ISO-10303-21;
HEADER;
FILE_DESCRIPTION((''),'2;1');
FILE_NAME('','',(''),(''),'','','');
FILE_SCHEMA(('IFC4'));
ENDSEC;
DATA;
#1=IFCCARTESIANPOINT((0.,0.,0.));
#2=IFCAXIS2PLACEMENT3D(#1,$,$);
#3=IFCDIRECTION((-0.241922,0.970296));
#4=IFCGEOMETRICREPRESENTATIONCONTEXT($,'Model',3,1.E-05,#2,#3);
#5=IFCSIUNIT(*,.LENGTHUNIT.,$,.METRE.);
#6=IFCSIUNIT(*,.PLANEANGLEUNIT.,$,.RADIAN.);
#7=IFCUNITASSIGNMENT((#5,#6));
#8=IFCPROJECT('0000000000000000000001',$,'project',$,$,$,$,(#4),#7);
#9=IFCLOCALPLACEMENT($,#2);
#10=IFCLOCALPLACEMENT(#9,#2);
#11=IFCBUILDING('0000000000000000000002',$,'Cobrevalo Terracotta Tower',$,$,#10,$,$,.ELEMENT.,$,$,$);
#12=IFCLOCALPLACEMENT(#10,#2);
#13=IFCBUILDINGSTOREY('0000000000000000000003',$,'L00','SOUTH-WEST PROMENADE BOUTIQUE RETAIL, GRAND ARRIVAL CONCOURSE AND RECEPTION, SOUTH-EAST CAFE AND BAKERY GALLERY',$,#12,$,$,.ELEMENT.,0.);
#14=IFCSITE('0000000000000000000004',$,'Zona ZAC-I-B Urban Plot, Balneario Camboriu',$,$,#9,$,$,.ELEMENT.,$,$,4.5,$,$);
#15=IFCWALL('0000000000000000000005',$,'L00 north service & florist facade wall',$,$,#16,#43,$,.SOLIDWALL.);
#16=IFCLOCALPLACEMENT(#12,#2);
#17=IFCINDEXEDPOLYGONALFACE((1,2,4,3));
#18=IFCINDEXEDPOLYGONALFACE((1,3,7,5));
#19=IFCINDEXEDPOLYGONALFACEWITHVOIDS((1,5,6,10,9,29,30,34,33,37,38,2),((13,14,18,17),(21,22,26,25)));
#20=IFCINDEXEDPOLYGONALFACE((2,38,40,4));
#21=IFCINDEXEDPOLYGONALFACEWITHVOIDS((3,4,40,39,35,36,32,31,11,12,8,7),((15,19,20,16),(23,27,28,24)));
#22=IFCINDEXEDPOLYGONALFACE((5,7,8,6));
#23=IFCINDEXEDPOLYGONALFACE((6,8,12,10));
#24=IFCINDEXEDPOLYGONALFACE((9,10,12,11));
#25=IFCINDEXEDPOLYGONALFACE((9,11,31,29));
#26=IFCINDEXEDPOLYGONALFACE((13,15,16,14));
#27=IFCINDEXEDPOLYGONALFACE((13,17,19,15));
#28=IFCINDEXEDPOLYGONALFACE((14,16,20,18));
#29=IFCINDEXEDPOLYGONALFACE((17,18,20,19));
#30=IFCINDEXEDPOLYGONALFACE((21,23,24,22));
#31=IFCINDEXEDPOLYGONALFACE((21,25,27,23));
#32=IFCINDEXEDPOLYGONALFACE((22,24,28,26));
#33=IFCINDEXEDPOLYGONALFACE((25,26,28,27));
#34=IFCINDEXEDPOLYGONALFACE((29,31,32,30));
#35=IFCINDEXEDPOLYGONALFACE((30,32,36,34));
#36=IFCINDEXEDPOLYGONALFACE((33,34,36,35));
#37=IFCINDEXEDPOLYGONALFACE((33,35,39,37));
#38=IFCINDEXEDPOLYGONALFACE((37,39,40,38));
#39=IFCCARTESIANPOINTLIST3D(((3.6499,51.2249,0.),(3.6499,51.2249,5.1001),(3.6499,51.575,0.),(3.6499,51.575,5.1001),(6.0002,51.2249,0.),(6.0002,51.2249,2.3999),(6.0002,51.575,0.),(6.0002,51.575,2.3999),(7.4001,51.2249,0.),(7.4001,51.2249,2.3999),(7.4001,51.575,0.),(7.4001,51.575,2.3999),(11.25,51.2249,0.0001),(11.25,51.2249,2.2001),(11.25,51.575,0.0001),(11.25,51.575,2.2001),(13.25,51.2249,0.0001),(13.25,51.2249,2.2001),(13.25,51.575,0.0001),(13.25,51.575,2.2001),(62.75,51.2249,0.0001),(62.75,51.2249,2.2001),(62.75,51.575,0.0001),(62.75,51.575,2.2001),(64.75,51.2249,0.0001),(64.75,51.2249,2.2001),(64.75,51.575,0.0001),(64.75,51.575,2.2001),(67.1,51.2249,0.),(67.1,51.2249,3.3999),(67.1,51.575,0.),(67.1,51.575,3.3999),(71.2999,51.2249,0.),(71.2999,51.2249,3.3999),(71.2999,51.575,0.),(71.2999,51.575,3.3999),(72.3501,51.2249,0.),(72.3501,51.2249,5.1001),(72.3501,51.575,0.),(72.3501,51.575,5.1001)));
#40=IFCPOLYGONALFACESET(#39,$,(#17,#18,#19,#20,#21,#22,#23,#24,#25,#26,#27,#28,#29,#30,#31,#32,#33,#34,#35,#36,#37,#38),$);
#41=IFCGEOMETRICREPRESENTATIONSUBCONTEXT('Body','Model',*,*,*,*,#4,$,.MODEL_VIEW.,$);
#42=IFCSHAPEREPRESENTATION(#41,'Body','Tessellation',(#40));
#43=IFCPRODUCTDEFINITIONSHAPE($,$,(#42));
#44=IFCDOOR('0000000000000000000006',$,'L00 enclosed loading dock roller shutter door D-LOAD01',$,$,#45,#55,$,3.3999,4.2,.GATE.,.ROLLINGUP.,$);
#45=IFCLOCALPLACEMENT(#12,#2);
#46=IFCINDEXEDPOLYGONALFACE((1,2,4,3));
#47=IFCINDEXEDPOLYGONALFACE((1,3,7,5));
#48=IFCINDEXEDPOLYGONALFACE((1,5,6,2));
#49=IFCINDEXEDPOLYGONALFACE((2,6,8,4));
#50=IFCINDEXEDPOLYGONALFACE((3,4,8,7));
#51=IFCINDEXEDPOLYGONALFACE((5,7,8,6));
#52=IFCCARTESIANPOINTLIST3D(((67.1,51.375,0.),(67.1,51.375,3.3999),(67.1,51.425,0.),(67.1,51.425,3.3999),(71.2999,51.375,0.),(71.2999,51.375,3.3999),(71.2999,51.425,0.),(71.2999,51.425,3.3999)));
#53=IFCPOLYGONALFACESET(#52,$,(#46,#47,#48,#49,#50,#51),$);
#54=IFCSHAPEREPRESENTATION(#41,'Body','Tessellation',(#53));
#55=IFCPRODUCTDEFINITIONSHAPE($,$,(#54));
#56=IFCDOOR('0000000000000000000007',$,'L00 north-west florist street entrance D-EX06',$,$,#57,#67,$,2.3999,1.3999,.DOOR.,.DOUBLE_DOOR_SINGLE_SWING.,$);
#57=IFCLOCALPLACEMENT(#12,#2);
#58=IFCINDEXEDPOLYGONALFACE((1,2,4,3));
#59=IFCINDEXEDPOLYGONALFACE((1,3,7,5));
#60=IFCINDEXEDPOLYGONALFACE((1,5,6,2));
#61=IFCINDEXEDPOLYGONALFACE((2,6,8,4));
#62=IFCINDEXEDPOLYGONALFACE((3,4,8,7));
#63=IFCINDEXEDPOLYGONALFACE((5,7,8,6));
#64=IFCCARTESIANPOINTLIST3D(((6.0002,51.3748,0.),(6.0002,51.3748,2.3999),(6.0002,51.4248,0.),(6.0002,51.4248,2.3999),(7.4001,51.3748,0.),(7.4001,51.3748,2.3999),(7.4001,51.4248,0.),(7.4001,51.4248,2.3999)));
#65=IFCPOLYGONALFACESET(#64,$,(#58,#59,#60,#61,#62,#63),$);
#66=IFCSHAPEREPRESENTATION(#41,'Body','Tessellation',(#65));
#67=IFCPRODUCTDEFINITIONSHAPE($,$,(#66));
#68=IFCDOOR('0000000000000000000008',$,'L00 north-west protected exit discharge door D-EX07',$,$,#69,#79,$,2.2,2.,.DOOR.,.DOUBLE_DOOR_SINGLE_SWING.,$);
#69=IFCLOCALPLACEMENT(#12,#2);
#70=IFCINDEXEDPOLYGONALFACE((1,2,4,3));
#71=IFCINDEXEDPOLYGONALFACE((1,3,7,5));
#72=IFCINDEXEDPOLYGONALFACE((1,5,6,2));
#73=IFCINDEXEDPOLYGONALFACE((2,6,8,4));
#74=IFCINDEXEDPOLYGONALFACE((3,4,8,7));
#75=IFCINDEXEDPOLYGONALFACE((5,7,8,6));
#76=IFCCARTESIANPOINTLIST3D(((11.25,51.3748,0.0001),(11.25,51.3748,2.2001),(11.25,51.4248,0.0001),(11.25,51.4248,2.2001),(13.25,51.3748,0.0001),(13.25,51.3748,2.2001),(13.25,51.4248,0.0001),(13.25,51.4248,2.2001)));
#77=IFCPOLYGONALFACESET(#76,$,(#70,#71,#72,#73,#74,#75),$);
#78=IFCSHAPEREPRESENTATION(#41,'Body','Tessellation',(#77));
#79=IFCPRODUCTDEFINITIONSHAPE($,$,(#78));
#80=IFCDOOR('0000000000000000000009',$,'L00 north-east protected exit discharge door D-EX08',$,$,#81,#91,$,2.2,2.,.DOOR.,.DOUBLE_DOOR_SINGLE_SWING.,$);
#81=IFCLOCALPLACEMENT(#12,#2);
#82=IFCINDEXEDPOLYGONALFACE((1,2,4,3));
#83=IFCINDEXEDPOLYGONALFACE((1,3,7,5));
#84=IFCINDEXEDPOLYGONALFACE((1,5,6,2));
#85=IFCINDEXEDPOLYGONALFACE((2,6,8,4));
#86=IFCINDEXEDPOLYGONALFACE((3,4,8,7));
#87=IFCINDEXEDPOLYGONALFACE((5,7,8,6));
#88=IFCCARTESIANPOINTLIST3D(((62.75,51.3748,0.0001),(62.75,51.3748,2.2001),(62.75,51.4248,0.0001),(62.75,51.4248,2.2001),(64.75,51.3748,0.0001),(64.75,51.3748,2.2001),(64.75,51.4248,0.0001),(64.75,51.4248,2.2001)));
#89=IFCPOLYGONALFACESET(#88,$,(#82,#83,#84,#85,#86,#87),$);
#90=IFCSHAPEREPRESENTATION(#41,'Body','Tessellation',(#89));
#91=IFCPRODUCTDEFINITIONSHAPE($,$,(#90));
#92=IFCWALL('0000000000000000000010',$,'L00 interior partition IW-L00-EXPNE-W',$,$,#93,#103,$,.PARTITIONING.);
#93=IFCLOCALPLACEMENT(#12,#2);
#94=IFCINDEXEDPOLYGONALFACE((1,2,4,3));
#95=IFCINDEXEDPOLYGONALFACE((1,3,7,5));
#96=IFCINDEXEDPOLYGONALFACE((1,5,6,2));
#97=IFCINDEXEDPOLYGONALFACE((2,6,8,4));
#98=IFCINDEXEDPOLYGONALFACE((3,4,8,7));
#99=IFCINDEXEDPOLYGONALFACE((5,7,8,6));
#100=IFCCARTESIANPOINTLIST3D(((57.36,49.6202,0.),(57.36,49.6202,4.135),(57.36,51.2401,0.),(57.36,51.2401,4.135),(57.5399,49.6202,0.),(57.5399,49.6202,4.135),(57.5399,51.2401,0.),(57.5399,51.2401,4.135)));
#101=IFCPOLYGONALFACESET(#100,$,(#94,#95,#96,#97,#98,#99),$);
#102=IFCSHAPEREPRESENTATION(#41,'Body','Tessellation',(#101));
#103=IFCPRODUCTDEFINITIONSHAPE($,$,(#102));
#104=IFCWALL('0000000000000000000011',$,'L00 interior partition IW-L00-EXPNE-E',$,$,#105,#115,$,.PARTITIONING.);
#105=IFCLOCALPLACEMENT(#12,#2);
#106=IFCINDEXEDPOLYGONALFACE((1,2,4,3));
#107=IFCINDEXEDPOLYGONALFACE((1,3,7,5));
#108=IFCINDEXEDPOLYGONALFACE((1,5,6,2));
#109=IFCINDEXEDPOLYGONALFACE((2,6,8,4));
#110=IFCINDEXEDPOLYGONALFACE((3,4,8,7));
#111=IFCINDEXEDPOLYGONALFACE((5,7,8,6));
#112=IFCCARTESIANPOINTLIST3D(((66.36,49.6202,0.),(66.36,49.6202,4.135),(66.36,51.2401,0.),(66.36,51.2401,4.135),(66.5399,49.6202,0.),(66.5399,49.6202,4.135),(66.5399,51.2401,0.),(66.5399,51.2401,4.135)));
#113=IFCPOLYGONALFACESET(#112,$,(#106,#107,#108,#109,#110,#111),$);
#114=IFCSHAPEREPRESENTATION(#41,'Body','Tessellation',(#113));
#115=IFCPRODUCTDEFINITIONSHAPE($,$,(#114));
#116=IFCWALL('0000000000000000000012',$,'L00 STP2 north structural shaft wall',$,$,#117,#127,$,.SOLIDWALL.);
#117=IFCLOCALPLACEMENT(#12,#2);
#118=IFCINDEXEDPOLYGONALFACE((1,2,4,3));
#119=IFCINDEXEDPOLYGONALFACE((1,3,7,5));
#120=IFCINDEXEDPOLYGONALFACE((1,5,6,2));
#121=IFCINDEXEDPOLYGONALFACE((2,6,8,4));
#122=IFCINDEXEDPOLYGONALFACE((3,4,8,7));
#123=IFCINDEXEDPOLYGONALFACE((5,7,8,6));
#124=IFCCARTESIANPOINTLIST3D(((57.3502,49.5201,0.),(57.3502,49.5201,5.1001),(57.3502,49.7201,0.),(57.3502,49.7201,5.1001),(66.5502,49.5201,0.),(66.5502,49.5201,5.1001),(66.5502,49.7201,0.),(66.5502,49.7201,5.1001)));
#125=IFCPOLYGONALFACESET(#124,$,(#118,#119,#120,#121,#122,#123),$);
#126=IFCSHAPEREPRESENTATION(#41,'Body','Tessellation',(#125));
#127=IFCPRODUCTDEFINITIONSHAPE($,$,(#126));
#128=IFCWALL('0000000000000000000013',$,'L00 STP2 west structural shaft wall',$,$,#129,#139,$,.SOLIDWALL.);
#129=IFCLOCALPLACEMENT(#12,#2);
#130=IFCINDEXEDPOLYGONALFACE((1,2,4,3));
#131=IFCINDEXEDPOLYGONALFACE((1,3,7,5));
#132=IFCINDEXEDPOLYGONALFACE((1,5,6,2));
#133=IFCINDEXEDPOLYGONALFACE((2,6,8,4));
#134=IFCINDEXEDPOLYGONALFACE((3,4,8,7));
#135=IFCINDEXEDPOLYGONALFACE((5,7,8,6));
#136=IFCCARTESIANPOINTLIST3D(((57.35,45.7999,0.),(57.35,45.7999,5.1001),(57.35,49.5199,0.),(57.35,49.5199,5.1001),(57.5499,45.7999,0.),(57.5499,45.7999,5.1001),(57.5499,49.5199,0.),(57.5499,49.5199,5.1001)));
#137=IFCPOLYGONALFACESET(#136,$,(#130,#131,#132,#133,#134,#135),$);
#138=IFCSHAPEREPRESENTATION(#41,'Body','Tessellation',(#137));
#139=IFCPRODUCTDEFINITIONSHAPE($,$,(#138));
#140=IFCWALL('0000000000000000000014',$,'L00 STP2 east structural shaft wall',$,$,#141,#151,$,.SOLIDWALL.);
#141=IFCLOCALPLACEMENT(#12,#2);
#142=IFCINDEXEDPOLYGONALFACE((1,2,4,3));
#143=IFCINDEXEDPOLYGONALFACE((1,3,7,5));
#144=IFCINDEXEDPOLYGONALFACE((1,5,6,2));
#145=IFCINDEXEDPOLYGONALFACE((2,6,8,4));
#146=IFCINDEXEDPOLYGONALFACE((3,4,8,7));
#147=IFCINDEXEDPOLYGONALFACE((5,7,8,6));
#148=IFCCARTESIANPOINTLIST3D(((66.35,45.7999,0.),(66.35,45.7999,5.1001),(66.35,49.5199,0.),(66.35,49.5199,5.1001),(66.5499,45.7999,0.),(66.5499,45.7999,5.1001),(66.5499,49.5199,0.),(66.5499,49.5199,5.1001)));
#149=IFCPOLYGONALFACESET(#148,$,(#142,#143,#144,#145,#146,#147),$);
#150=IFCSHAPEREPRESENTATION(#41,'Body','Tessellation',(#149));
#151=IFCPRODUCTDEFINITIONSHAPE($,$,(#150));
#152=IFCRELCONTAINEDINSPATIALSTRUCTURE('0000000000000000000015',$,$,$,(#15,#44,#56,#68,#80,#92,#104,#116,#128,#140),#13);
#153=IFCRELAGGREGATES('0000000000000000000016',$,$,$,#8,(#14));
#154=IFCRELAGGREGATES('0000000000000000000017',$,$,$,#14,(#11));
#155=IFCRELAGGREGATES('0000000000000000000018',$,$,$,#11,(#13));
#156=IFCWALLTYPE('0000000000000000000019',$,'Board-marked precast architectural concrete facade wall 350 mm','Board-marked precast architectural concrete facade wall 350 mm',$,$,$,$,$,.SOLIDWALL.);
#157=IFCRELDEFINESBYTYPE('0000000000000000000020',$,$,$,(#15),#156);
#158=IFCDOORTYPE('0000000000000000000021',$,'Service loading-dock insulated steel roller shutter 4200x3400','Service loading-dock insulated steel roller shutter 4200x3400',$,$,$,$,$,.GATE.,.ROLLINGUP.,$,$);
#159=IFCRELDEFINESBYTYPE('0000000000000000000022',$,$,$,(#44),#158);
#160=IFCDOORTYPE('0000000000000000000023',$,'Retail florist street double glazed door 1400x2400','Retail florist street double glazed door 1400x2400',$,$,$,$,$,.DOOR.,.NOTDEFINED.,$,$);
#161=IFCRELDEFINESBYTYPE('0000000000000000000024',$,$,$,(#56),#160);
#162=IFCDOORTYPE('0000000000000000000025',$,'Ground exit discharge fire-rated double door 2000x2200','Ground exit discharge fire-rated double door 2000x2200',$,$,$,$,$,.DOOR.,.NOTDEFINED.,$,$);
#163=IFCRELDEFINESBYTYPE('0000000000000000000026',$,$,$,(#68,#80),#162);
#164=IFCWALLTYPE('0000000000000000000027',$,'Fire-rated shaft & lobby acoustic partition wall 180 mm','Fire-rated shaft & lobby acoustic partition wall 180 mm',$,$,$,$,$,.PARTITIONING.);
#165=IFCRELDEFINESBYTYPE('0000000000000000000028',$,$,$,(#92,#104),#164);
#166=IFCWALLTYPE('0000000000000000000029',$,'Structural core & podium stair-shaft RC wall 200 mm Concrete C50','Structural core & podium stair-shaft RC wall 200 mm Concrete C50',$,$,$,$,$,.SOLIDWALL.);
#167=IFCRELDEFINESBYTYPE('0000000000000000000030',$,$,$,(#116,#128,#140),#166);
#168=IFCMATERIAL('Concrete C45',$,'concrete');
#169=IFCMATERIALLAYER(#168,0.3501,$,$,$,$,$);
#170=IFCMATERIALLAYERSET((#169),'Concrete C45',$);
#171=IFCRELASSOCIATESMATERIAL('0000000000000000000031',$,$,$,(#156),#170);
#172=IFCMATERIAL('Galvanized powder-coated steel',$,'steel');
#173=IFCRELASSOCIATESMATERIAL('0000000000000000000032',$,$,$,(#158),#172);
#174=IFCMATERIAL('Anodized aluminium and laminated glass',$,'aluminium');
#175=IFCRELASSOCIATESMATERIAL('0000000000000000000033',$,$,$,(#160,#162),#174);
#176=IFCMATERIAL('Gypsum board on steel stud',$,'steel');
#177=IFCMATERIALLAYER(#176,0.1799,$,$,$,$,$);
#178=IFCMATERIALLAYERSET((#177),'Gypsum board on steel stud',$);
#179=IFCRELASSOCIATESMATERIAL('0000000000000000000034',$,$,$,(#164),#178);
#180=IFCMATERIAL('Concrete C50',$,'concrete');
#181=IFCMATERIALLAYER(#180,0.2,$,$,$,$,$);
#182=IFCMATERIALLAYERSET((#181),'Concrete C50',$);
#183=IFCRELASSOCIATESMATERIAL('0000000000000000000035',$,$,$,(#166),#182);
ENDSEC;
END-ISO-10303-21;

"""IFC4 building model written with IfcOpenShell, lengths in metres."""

from ifc_helpers import new_model, si_unit, direction, frame, frame_2d, origin, place, context, subcontext, project, spatial, rectangle, extrude, source, transform, mapped, material, layer, layer_set, type_object, element, fill, save


model = new_model("IFC4")

# Units and contexts
model_context = context("Model", 3, precision=1e-05, world=origin(), true_north=direction((-0.241922, 0.970296)))
body_context = subcontext(model_context, "Body", "Model", "MODEL_VIEW")
ifc_project = project(units=[si_unit("LENGTHUNIT", "METRE"), si_unit("PLANEANGLEUNIT", "RADIAN")], contexts=[model_context])

# Site, building, storey
site_placement = place(None, origin())
site = spatial("IfcSite", under=ifc_project, at=site_placement, Name="Zona ZAC-I-B Urban Plot, Balneario Camboriu", CompositionType="ELEMENT", RefElevation=4.5)
building_placement = place(site_placement, origin())
building = spatial("IfcBuilding", under=site, at=building_placement, Name="Cobrevalo Terracotta Tower", CompositionType="ELEMENT")
storey_placement = place(building_placement, origin())
storey = spatial("IfcBuildingStorey", under=building, at=storey_placement, Name="L00", Description="SOUTH-WEST PROMENADE BOUTIQUE RETAIL, GRAND ARRIVAL CONCOURSE AND RECEPTION, SOUTH-EAST CAFE AND BAKERY GALLERY", CompositionType="ELEMENT", Elevation=0.0)

# Shared definitions
ifc_material_1 = material(Name="Concrete C50", Category="concrete")

# Wall, openings, doors
ifc_material_2 = material(Name="Concrete C45", Category="concrete")
ifc_layer_1 = layer(ifc_material_2, 0.3501)
ifc_layer_set_1 = layer_set([ifc_layer_1], Name="Concrete C45")
wall_type_1 = type_object("IfcWallType", Name="Board-marked precast architectural concrete facade wall 350 mm", Description="Board-marked precast architectural concrete facade wall 350 mm", PredefinedType="SOLIDWALL", material=ifc_layer_set_1)
wall_1_placement = place(storey_placement, frame((72.3501, 51.3999, 0.0), z_axis=(0.0, 0.0, 1.0), x_axis=(-1.0, 0.0, 0.0)))
wall_1 = element("IfcWall", 1, at=wall_1_placement, inside=storey, type_object=wall_type_1, Name="L00 north service & florist facade wall", PredefinedType="SOLIDWALL", context=body_context, shape_type="SweptSolid", body=[
    extrude(rectangle(XDim=68.7002, YDim=0.3501, at=frame_2d((34.3501, 0.0))), origin(), (0.0, 0.0, 1.0), 5.1001),
])
opening_1_placement = place(wall_1_placement, frame((1.05, 0.0, 0.0)))
opening_1 = element("IfcOpeningElement", 2, at=opening_1_placement, cuts=wall_1, PredefinedType="OPENING", context=body_context, shape_type="SweptSolid", body=[
    extrude(rectangle(XDim=4.2, YDim=3.3999, at=frame_2d((2.1001, 1.7))), frame((0.0, 0.1851, 0.0), z_axis=(0.0, -1.0, 0.0), x_axis=(1.0, 0.0, 0.0)), (0.0, 0.0, 1.0), 0.3701),
])
opening_2_placement = place(wall_1_placement, frame((64.95, 0.0, 0.0)))
opening_2 = element("IfcOpeningElement", 3, at=opening_2_placement, cuts=wall_1, PredefinedType="OPENING", context=body_context, shape_type="SweptSolid", body=[
    extrude(rectangle(XDim=1.3999, YDim=2.3999, at=frame_2d((0.7, 1.2))), frame((0.0, 0.1851, 0.0), z_axis=(0.0, -1.0, 0.0), x_axis=(1.0, 0.0, 0.0)), (0.0, 0.0, 1.0), 0.3701),
])
opening_3_placement = place(wall_1_placement, frame((59.1001, 0.0, 0.0)))
opening_3 = element("IfcOpeningElement", 4, at=opening_3_placement, cuts=wall_1, PredefinedType="OPENING", context=body_context, shape_type="SweptSolid", body=[
    extrude(rectangle(XDim=2.0, YDim=2.2, at=frame_2d((1.0, 1.1001))), frame((0.0, 0.1851, 0.0), z_axis=(0.0, -1.0, 0.0), x_axis=(1.0, 0.0, 0.0)), (0.0, 0.0, 1.0), 0.3701),
])
opening_4_placement = place(wall_1_placement, frame((7.6001, 0.0, 0.0)))
opening_4 = element("IfcOpeningElement", 5, at=opening_4_placement, cuts=wall_1, PredefinedType="OPENING", context=body_context, shape_type="SweptSolid", body=[
    extrude(rectangle(XDim=2.0, YDim=2.2, at=frame_2d((1.0, 1.1001))), frame((0.0, 0.1851, 0.0), z_axis=(0.0, -1.0, 0.0), x_axis=(1.0, 0.0, 0.0)), (0.0, 0.0, 1.0), 0.3701),
])
ifc_material_3 = material(Name="Galvanized powder-coated steel", Category="steel")
door_type_1 = type_object("IfcDoorType", Name="Service loading-dock insulated steel roller shutter 4200x3400", Description="Service loading-dock insulated steel roller shutter 4200x3400", OperationType="ROLLINGUP", PredefinedType="GATE", material=ifc_material_3)
shared_shape_1 = source(origin(), body_context, "Body", "SweptSolid", [
    extrude(rectangle(XDim=4.2, YDim=3.3999, at=frame_2d((2.1001, 1.7))), frame((0.0, 0.0249, 0.0), z_axis=(0.0, -1.0, 0.0), x_axis=(1.0, 0.0, 0.0)), (0.0, 0.0, 1.0), 0.05),
])
door_1_placement = place(opening_1_placement, origin())
door_1 = element("IfcDoor", 6, at=door_1_placement, inside=storey, type_object=door_type_1, Name="L00 enclosed loading dock roller shutter door D-LOAD01", OperationType="ROLLINGUP", OverallHeight=3.3999, OverallWidth=4.2, PredefinedType="GATE", context=body_context, shape_type="MappedRepresentation", body=[
    mapped(shared_shape_1, transform((0.0, 0.0, 0.0), scale=1.0)),
])
fill(opening_1, door_1)
ifc_material_4 = material(Name="Anodized aluminium and laminated glass", Category="aluminium")
door_type_2 = type_object("IfcDoorType", Name="Retail florist street double glazed door 1400x2400", Description="Retail florist street double glazed door 1400x2400", OperationType="NOTDEFINED", PredefinedType="DOOR", material=ifc_material_4)
shared_shape_2 = source(origin(), body_context, "Body", "SweptSolid", [
    extrude(rectangle(XDim=1.3999, YDim=2.3999, at=frame_2d((0.7, 1.2))), frame((0.0, 0.0249, 0.0), z_axis=(0.0, -1.0, 0.0), x_axis=(1.0, 0.0, 0.0)), (0.0, 0.0, 1.0), 0.05),
])
door_2_placement = place(opening_2_placement, frame((1.3999, 0.0, 0.0), z_axis=(0.0, 0.0, 1.0), x_axis=(-1.0, 0.0, 0.0)))
door_2 = element("IfcDoor", 7, at=door_2_placement, inside=storey, type_object=door_type_2, Name="L00 north-west florist street entrance D-EX06", OperationType="DOUBLE_DOOR_SINGLE_SWING", OverallHeight=2.3999, OverallWidth=1.3999, PredefinedType="DOOR", context=body_context, shape_type="MappedRepresentation", body=[
    mapped(shared_shape_2, transform((0.0, 0.0, 0.0), scale=1.0)),
])
fill(opening_2, door_2)
door_type_3 = type_object("IfcDoorType", Name="Ground exit discharge fire-rated double door 2000x2200", Description="Ground exit discharge fire-rated double door 2000x2200", OperationType="NOTDEFINED", PredefinedType="DOOR", material=ifc_material_4)
shared_shape_3 = source(origin(), body_context, "Body", "SweptSolid", [
    extrude(rectangle(XDim=2.0, YDim=2.2, at=frame_2d((1.0, 1.1001))), frame((0.0, 0.0249, 0.0), z_axis=(0.0, -1.0, 0.0), x_axis=(1.0, 0.0, 0.0)), (0.0, 0.0, 1.0), 0.05),
])
door_3_placement = place(opening_3_placement, frame((2.0, 0.0, 0.0), z_axis=(0.0, 0.0, 1.0), x_axis=(-1.0, 0.0, 0.0)))
door_3 = element("IfcDoor", 8, at=door_3_placement, inside=storey, type_object=door_type_3, Name="L00 north-west protected exit discharge door D-EX07", OperationType="DOUBLE_DOOR_SINGLE_SWING", OverallHeight=2.2, OverallWidth=2.0, PredefinedType="DOOR", context=body_context, shape_type="MappedRepresentation", body=[
    mapped(shared_shape_3, transform((0.0, 0.0, 0.0), scale=1.0)),
])
fill(opening_3, door_3)
door_4_placement = place(opening_4_placement, frame((2.0, 0.0, 0.0), z_axis=(0.0, 0.0, 1.0), x_axis=(-1.0, 0.0, 0.0)))
door_4 = element("IfcDoor", 9, at=door_4_placement, inside=storey, type_object=door_type_3, Name="L00 north-east protected exit discharge door D-EX08", OperationType="DOUBLE_DOOR_SINGLE_SWING", OverallHeight=2.2, OverallWidth=2.0, PredefinedType="DOOR", context=body_context, shape_type="MappedRepresentation", body=[
    mapped(shared_shape_3, transform((0.0, 0.0, 0.0), scale=1.0)),
])
fill(opening_4, door_4)

# Walls
ifc_material_5 = material(Name="Gypsum board on steel stud", Category="steel")
ifc_layer_2 = layer(ifc_material_5, 0.1799)
ifc_layer_set_2 = layer_set([ifc_layer_2], Name="Gypsum board on steel stud")
wall_type_2 = type_object("IfcWallType", Name="Fire-rated shaft & lobby acoustic partition wall 180 mm", Description="Fire-rated shaft & lobby acoustic partition wall 180 mm", PredefinedType="PARTITIONING", material=ifc_layer_set_2)
for number, where, z_axis, x_axis, name in (
    (10, (57.45, 49.6201, 0.0), (0.0, 0.0, 1.0), (0.0, 1.0, 0.0), "L00 interior partition IW-L00-EXPNE-W"),
    (11, (66.45, 49.6201, 0.0), (0.0, 0.0, 1.0), (0.0, 1.0, 0.0), "L00 interior partition IW-L00-EXPNE-E"),
):
    element("IfcWall", number, at=place(storey_placement, frame(where, z_axis=z_axis, x_axis=x_axis)), inside=storey, type_object=wall_type_2, Name=name, PredefinedType="PARTITIONING", context=body_context, shape_type="SweptSolid", body=[
        extrude(rectangle(XDim=1.6199, YDim=0.1799, at=frame_2d((0.8101, 0.0))), origin(), (0.0, 0.0, 1.0), 4.135),
    ])
ifc_layer_3 = layer(ifc_material_1, 0.2)
ifc_layer_set_3 = layer_set([ifc_layer_3], Name="Concrete C50")
wall_type_3 = type_object("IfcWallType", Name="Structural core & podium stair-shaft RC wall 200 mm Concrete C50", Description="Structural core & podium stair-shaft RC wall 200 mm Concrete C50", PredefinedType="SOLIDWALL", material=ifc_layer_set_3)
wall_2_placement = place(storey_placement, frame((57.3501, 49.6201, 0.0), z_axis=(0.0, 0.0, 1.0), x_axis=(1.0, 0.0, 0.0)))
element("IfcWall", 12, at=wall_2_placement, inside=storey, type_object=wall_type_3, Name="L00 STP2 north structural shaft wall", PredefinedType="SOLIDWALL", context=body_context, shape_type="SweptSolid", body=[
    extrude(rectangle(XDim=9.2, YDim=0.2, at=frame_2d((4.6001, 0.0))), origin(), (0.0, 0.0, 1.0), 5.1001),
])
for number, where, z_axis, x_axis, name in (
    (13, (57.45, 45.8, 0.0), (0.0, 0.0, 1.0), (0.0, 1.0, 0.0), "L00 STP2 west structural shaft wall"),
    (14, (66.45, 45.8, 0.0), (0.0, 0.0, 1.0), (0.0, 1.0, 0.0), "L00 STP2 east structural shaft wall"),
):
    element("IfcWall", number, at=place(storey_placement, frame(where, z_axis=z_axis, x_axis=x_axis)), inside=storey, type_object=wall_type_3, Name=name, PredefinedType="SOLIDWALL", context=body_context, shape_type="SweptSolid", body=[
        extrude(rectangle(XDim=3.72, YDim=0.2, at=frame_2d((1.8599, 0.0))), origin(), (0.0, 0.0, 1.0), 5.1001),
    ])

save(model, "model.ifc")
